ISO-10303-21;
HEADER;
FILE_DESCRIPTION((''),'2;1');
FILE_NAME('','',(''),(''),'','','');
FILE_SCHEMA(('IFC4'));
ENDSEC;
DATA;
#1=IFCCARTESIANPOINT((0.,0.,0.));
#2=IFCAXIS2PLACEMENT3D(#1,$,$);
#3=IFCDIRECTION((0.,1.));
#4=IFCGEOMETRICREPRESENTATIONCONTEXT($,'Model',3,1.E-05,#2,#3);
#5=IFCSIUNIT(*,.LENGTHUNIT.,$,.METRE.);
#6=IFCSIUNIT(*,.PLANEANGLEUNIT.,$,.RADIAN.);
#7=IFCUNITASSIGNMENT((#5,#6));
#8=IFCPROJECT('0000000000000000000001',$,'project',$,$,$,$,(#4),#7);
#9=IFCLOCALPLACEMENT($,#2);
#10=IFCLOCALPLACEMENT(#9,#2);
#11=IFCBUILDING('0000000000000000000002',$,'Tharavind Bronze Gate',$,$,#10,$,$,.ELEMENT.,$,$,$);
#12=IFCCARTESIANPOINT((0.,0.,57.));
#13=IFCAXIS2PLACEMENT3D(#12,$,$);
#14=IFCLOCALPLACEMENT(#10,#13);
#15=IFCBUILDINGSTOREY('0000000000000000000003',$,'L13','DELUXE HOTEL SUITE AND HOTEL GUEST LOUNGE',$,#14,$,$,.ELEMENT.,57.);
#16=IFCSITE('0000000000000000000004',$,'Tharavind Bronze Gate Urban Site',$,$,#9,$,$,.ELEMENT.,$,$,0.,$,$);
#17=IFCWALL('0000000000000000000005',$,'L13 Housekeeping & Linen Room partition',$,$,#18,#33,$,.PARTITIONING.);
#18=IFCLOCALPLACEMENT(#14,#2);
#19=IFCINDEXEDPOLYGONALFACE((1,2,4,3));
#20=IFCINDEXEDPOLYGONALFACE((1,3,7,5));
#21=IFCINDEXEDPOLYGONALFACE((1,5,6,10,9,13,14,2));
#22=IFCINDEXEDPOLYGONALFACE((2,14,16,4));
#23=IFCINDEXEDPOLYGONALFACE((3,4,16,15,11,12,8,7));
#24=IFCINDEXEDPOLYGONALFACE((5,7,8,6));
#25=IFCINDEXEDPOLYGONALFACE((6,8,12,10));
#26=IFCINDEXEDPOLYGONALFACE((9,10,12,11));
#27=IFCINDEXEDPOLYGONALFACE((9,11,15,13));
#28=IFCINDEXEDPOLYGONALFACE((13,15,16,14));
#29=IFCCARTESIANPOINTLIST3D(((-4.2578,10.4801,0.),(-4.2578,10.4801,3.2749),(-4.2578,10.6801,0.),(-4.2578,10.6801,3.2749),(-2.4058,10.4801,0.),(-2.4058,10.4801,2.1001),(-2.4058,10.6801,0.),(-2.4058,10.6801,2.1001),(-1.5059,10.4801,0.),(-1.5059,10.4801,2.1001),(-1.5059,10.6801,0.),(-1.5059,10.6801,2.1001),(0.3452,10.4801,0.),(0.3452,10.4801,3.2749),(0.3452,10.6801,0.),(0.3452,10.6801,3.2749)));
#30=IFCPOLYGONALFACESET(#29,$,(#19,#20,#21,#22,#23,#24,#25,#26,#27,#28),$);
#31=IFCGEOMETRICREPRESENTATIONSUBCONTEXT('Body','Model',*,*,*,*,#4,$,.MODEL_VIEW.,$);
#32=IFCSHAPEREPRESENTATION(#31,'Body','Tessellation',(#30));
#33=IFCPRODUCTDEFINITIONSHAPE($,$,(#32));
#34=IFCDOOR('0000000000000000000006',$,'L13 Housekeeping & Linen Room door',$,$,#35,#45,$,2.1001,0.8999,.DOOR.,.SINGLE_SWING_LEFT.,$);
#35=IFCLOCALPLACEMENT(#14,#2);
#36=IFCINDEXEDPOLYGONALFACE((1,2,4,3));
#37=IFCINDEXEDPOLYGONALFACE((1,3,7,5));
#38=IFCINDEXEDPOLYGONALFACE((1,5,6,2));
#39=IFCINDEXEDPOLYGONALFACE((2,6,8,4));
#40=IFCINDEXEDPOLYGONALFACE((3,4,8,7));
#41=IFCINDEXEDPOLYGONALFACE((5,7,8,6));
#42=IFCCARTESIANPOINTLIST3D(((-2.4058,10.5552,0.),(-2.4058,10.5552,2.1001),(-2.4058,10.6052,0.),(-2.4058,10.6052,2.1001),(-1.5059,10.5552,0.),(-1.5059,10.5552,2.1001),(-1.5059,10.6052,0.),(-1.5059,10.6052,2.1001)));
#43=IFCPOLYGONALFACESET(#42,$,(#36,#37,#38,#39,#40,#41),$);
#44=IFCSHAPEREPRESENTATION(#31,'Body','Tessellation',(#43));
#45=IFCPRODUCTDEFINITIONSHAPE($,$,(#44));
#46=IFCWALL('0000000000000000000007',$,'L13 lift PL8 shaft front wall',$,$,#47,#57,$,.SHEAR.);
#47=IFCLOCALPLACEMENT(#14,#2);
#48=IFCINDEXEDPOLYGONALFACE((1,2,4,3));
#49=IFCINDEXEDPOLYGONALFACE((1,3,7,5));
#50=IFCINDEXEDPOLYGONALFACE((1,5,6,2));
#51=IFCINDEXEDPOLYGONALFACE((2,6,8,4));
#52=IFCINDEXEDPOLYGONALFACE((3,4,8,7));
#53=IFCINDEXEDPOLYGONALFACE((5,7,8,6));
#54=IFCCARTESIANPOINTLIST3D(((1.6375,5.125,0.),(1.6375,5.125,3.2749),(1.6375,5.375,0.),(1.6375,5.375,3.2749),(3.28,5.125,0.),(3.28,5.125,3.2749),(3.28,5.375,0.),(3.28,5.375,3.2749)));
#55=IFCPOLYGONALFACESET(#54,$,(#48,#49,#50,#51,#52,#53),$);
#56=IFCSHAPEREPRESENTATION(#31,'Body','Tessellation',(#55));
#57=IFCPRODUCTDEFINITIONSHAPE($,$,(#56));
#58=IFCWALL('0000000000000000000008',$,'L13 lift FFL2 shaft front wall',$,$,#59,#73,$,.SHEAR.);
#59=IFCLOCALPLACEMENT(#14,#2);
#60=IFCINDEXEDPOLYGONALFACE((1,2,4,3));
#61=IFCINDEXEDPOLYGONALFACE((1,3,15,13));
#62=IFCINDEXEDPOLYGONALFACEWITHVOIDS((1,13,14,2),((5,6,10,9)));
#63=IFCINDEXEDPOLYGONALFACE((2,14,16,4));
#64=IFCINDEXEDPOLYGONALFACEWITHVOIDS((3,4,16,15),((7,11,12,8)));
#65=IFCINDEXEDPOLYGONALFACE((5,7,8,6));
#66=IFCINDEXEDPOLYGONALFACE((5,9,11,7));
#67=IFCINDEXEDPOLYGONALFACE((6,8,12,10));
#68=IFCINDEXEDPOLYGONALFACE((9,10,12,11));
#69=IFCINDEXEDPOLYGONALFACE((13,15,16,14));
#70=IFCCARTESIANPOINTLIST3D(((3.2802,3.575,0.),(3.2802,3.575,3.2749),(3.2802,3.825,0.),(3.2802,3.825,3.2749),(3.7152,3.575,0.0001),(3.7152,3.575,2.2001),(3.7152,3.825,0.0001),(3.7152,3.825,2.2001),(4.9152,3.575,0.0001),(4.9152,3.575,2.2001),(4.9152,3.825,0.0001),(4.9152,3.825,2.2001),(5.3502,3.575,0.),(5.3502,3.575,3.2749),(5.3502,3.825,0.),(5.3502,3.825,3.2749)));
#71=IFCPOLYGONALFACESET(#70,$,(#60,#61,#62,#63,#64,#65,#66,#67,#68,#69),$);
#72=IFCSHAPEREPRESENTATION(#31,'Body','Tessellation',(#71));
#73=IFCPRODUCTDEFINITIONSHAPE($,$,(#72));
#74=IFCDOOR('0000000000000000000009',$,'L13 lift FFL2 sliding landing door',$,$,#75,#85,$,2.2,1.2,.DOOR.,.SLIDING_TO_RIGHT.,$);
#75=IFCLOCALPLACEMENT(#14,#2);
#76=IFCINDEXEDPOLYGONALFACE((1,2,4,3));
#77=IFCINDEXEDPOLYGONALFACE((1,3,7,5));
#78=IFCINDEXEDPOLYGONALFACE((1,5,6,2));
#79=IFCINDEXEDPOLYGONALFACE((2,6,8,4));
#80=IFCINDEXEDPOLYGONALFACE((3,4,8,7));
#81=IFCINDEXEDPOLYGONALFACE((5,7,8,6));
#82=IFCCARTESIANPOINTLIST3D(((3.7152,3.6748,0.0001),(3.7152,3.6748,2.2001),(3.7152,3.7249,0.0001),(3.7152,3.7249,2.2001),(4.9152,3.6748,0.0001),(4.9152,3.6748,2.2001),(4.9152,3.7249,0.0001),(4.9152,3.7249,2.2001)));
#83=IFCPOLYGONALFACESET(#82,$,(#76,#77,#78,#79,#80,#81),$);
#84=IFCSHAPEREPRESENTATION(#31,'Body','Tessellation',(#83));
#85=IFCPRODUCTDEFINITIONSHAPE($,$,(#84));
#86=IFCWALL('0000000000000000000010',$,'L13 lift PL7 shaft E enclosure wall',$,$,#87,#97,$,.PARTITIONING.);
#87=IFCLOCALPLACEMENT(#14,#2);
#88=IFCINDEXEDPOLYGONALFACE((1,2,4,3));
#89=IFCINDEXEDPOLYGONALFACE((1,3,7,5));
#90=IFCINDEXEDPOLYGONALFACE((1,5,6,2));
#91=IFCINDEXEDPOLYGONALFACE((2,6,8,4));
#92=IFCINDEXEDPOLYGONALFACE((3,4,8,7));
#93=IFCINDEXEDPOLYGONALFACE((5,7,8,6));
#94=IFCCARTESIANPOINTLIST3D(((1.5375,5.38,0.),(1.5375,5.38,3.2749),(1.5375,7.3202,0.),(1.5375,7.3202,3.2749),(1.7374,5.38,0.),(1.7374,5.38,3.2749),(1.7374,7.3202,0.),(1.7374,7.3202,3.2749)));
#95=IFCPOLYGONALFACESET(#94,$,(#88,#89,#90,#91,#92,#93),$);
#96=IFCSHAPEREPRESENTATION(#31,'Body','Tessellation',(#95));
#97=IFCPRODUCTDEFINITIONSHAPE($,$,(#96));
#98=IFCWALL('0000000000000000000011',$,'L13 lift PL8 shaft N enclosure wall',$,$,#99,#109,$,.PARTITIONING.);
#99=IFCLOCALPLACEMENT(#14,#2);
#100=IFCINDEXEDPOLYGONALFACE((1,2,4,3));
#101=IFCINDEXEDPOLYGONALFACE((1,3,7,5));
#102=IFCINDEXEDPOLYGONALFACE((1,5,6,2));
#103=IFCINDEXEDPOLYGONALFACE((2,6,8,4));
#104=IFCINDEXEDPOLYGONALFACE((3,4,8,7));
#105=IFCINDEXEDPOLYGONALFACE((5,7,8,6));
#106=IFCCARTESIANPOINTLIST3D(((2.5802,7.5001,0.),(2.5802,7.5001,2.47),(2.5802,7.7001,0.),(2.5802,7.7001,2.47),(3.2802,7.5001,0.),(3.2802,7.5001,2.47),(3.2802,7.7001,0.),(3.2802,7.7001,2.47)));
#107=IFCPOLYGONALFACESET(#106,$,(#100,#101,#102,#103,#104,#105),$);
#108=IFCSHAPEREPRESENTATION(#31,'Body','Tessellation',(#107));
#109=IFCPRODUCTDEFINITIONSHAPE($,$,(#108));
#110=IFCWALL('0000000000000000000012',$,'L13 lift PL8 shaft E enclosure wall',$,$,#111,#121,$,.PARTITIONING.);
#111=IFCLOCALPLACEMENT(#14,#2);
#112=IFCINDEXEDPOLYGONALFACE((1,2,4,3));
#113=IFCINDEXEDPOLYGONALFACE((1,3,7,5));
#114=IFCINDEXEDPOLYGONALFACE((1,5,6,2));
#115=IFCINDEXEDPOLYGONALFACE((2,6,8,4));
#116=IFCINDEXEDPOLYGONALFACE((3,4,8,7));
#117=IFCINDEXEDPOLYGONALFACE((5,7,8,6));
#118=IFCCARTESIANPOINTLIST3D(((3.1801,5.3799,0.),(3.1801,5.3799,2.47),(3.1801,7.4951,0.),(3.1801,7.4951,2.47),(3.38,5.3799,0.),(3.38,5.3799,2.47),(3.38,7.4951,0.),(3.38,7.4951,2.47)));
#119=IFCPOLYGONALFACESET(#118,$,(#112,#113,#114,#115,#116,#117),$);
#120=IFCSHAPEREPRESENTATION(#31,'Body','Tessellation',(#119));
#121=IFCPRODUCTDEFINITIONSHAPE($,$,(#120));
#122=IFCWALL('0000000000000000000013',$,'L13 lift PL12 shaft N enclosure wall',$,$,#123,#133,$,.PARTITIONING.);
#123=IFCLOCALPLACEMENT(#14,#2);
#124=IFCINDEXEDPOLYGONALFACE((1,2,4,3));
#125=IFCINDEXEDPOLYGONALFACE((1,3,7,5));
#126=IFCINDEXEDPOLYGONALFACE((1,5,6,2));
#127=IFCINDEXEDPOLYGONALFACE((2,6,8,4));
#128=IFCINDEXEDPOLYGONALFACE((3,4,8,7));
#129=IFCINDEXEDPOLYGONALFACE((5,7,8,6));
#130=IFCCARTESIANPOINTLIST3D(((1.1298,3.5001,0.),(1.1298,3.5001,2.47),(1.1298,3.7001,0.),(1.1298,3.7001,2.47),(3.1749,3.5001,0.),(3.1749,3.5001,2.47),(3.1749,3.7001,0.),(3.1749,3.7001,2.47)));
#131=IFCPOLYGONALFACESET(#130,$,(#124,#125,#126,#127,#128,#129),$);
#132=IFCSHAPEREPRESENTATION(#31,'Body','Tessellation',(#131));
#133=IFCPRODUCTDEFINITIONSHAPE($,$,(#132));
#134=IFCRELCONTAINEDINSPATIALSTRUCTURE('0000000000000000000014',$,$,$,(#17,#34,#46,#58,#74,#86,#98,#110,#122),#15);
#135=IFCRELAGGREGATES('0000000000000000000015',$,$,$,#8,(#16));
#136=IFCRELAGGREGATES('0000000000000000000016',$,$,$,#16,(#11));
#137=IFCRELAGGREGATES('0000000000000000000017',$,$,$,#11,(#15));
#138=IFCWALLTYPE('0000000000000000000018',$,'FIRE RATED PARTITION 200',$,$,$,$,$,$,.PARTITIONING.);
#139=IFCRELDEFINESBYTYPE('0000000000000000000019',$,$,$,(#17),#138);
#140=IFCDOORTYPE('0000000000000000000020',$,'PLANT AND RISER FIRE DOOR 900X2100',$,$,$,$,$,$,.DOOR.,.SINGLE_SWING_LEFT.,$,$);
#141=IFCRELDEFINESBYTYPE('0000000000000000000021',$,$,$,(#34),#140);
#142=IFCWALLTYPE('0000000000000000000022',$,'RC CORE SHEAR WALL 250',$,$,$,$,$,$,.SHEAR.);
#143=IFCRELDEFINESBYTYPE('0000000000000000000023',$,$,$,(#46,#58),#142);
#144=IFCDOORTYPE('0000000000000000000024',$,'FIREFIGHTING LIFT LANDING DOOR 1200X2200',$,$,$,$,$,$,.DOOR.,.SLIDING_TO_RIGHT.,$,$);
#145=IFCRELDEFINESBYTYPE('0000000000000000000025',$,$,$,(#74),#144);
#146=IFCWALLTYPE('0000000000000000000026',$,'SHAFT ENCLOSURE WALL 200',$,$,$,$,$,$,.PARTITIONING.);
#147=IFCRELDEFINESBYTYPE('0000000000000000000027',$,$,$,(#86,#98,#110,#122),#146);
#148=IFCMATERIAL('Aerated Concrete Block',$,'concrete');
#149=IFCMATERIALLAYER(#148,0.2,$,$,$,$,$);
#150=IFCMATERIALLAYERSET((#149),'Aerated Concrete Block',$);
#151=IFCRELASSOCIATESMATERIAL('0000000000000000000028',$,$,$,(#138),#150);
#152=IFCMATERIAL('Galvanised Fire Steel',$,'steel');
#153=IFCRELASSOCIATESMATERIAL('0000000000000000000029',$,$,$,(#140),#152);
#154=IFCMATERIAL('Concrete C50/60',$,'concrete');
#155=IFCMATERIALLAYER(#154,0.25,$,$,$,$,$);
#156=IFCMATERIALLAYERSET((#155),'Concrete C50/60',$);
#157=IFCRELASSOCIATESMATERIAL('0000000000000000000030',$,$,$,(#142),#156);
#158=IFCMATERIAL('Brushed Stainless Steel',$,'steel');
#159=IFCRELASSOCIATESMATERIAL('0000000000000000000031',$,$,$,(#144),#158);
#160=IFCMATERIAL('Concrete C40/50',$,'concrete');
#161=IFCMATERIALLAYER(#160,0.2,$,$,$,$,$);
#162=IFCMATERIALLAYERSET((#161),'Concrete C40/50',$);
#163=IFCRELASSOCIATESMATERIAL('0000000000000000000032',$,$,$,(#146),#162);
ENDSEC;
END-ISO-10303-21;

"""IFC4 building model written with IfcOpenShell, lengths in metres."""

from ifc_helpers import new_model, si_unit, direction, frame, frame_2d, origin, place, context, subcontext, project, spatial, rectangle, extrude, material, layer, layer_set, type_object, element, fill, save


model = new_model("IFC4")

# Units and contexts
model_context = context("Model", 3, precision=1e-05, world=origin(), true_north=direction((0.0, 1.0)))
body_context = subcontext(model_context, "Body", "Model", "MODEL_VIEW")
ifc_project = project(units=[si_unit("LENGTHUNIT", "METRE"), si_unit("PLANEANGLEUNIT", "RADIAN")], contexts=[model_context])

# Site, building, storey
site_placement = place(None, origin())
site = spatial("IfcSite", under=ifc_project, at=site_placement, Name="Tharavind Bronze Gate Urban Site", CompositionType="ELEMENT", RefElevation=0.0)
building_placement = place(site_placement, origin())
building = spatial("IfcBuilding", under=site, at=building_placement, Name="Tharavind Bronze Gate", CompositionType="ELEMENT")
storey_placement = place(building_placement, frame((0.0, 0.0, 57.0)))
storey = spatial("IfcBuildingStorey", under=building, at=storey_placement, Name="L13", Description="DELUXE HOTEL SUITE AND HOTEL GUEST LOUNGE", CompositionType="ELEMENT", Elevation=57.0)

# Shared definitions
ifc_material_1 = material(Name="Aerated Concrete Block", Category="concrete")
ifc_layer_1 = layer(ifc_material_1, 0.2)
ifc_layer_set_1 = layer_set([ifc_layer_1], Name="Aerated Concrete Block")
wall_type_1 = type_object("IfcWallType", Name="FIRE RATED PARTITION 200", PredefinedType="PARTITIONING", material=ifc_layer_set_1)
ifc_material_2 = material(Name="Galvanised Fire Steel", Category="steel")
door_type_1 = type_object("IfcDoorType", Name="PLANT AND RISER FIRE DOOR 900X2100", OperationType="SINGLE_SWING_LEFT", PredefinedType="DOOR", material=ifc_material_2)

# Wall, opening, door
wall_1_placement = place(storey_placement, frame((0.3452, 10.5801, 0.0), z_axis=(0.0, 0.0, 1.0), x_axis=(-1.0, 0.0, 0.0)))
wall_1 = element("IfcWall", 1, at=wall_1_placement, inside=storey, type_object=wall_type_1, Name="L13 Housekeeping & Linen Room partition", PredefinedType="PARTITIONING", context=body_context, shape_type="SweptSolid", body=[
    extrude(rectangle(XDim=4.603, YDim=0.2, at=frame_2d((2.3015, 0.0))), origin(), (0.0, 0.0, 1.0), 3.2749),
])
opening_1_placement = place(wall_1_placement, frame((1.8511, 0.0, 0.0)))
opening_1 = element("IfcOpeningElement", 2, at=opening_1_placement, cuts=wall_1, PredefinedType="OPENING", context=body_context, shape_type="SweptSolid", body=[
    extrude(rectangle(XDim=0.8999, YDim=2.1001, at=frame_2d((0.45, 1.05))), frame((0.0, 0.1101, 0.0), z_axis=(0.0, -1.0, 0.0), x_axis=(1.0, 0.0, 0.0)), (0.0, 0.0, 1.0), 0.22),
])
door_1_placement = place(opening_1_placement, origin())
door_1 = element("IfcDoor", 3, at=door_1_placement, inside=storey, type_object=door_type_1, Name="L13 Housekeeping & Linen Room door", OperationType="SINGLE_SWING_LEFT", OverallHeight=2.1001, OverallWidth=0.8999, PredefinedType="DOOR", context=body_context, shape_type="SweptSolid", body=[
    extrude(rectangle(XDim=0.8999, YDim=2.1001, at=frame_2d((0.45, 1.05))), frame((0.0, 0.0249, 0.0), z_axis=(0.0, -1.0, 0.0), x_axis=(1.0, 0.0, 0.0)), (0.0, 0.0, 1.0), 0.05),
])
fill(opening_1, door_1)
ifc_material_3 = material(Name="Concrete C50/60", Category="concrete")
ifc_layer_2 = layer(ifc_material_3, 0.25)
ifc_layer_set_2 = layer_set([ifc_layer_2], Name="Concrete C50/60")
wall_type_2 = type_object("IfcWallType", Name="RC CORE SHEAR WALL 250", PredefinedType="SHEAR", material=ifc_layer_set_2)

# Wall
wall_2_placement = place(storey_placement, frame((1.6375, 5.25, 0.0), z_axis=(0.0, 0.0, 1.0), x_axis=(1.0, 0.0, 0.0)))
element("IfcWall", 4, at=wall_2_placement, inside=storey, type_object=wall_type_2, Name="L13 lift PL8 shaft front wall", PredefinedType="SHEAR", context=body_context, shape_type="SweptSolid", body=[
    extrude(rectangle(XDim=1.6426, YDim=0.25, at=frame_2d((0.8213, 0.0))), origin(), (0.0, 0.0, 1.0), 3.2749),
])

# Wall, opening, door
wall_3_placement = place(storey_placement, frame((3.28, 3.7, 0.0), z_axis=(0.0, 0.0, 1.0), x_axis=(1.0, 0.0, 0.0)))
wall_3 = element("IfcWall", 5, at=wall_3_placement, inside=storey, type_object=wall_type_2, Name="L13 lift FFL2 shaft front wall", PredefinedType="SHEAR", context=body_context, shape_type="SweptSolid", body=[
    extrude(rectangle(XDim=2.0701, YDim=0.25, at=frame_2d((1.0352, 0.0))), origin(), (0.0, 0.0, 1.0), 3.2749),
])
opening_2_placement = place(wall_3_placement, frame((0.4351, 0.0, 0.0)))
opening_2 = element("IfcOpeningElement", 6, at=opening_2_placement, cuts=wall_3, PredefinedType="OPENING", context=body_context, shape_type="SweptSolid", body=[
    extrude(rectangle(XDim=1.2, YDim=2.2, at=frame_2d((0.6001, 1.1001))), frame((0.0, 0.135, 0.0), z_axis=(0.0, -1.0, 0.0), x_axis=(1.0, 0.0, 0.0)), (0.0, 0.0, 1.0), 0.27),
])
ifc_material_4 = material(Name="Brushed Stainless Steel", Category="steel")
door_type_2 = type_object("IfcDoorType", Name="FIREFIGHTING LIFT LANDING DOOR 1200X2200", OperationType="SLIDING_TO_RIGHT", PredefinedType="DOOR", material=ifc_material_4)
door_2_placement = place(opening_2_placement, origin())
door_2 = element("IfcDoor", 7, at=door_2_placement, inside=storey, type_object=door_type_2, Name="L13 lift FFL2 sliding landing door", OperationType="SLIDING_TO_RIGHT", OverallHeight=2.2, OverallWidth=1.2, PredefinedType="DOOR", context=body_context, shape_type="SweptSolid", body=[
    extrude(rectangle(XDim=1.2, YDim=2.2, at=frame_2d((0.6001, 1.1001))), frame((0.0, 0.0249, 0.0), z_axis=(0.0, -1.0, 0.0), x_axis=(1.0, 0.0, 0.0)), (0.0, 0.0, 1.0), 0.05),
])
fill(opening_2, door_2)

# Walls
ifc_material_5 = material(Name="Concrete C40/50", Category="concrete")
ifc_layer_3 = layer(ifc_material_5, 0.2)
ifc_layer_set_3 = layer_set([ifc_layer_3], Name="Concrete C40/50")
wall_type_3 = type_object("IfcWallType", Name="SHAFT ENCLOSURE WALL 200", PredefinedType="PARTITIONING", material=ifc_layer_set_3)
wall_4_placement = place(storey_placement, frame((1.6375, 5.3799, 0.0), z_axis=(0.0, 0.0, 1.0), x_axis=(0.0, 1.0, 0.0)))
element("IfcWall", 8, at=wall_4_placement, inside=storey, type_object=wall_type_3, Name="L13 lift PL7 shaft E enclosure wall", PredefinedType="PARTITIONING", context=body_context, shape_type="SweptSolid", body=[
    extrude(rectangle(XDim=1.9402, YDim=0.2, at=frame_2d((0.9702, 0.0))), origin(), (0.0, 0.0, 1.0), 3.2749),
])
wall_5_placement = place(storey_placement, frame((2.5801, 7.6001, 0.0), z_axis=(0.0, 0.0, 1.0), x_axis=(1.0, 0.0, 0.0)))
element("IfcWall", 9, at=wall_5_placement, inside=storey, type_object=wall_type_3, Name="L13 lift PL8 shaft N enclosure wall", PredefinedType="PARTITIONING", context=body_context, shape_type="SweptSolid", body=[
    extrude(rectangle(XDim=0.7, YDim=0.2, at=frame_2d((0.3501, 0.0))), origin(), (0.0, 0.0, 1.0), 2.47),
])
wall_6_placement = place(storey_placement, frame((3.28, 5.3799, 0.0), z_axis=(0.0, 0.0, 1.0), x_axis=(0.0, 1.0, 0.0)))
element("IfcWall", 10, at=wall_6_placement, inside=storey, type_object=wall_type_3, Name="L13 lift PL8 shaft E enclosure wall", PredefinedType="PARTITIONING", context=body_context, shape_type="SweptSolid", body=[
    extrude(rectangle(XDim=2.1152, YDim=0.2, at=frame_2d((1.0576, 0.0))), origin(), (0.0, 0.0, 1.0), 2.47),
])
wall_7_placement = place(storey_placement, frame((1.1299, 3.6001, 0.0), z_axis=(0.0, 0.0, 1.0), x_axis=(1.0, 0.0, 0.0)))
element("IfcWall", 11, at=wall_7_placement, inside=storey, type_object=wall_type_3, Name="L13 lift PL12 shaft N enclosure wall", PredefinedType="PARTITIONING", context=body_context, shape_type="SweptSolid", body=[
    extrude(rectangle(XDim=2.0452, YDim=0.2, at=frame_2d((1.0225, 0.0))), origin(), (0.0, 0.0, 1.0), 2.47),
])

save(model, "model.ifc")
